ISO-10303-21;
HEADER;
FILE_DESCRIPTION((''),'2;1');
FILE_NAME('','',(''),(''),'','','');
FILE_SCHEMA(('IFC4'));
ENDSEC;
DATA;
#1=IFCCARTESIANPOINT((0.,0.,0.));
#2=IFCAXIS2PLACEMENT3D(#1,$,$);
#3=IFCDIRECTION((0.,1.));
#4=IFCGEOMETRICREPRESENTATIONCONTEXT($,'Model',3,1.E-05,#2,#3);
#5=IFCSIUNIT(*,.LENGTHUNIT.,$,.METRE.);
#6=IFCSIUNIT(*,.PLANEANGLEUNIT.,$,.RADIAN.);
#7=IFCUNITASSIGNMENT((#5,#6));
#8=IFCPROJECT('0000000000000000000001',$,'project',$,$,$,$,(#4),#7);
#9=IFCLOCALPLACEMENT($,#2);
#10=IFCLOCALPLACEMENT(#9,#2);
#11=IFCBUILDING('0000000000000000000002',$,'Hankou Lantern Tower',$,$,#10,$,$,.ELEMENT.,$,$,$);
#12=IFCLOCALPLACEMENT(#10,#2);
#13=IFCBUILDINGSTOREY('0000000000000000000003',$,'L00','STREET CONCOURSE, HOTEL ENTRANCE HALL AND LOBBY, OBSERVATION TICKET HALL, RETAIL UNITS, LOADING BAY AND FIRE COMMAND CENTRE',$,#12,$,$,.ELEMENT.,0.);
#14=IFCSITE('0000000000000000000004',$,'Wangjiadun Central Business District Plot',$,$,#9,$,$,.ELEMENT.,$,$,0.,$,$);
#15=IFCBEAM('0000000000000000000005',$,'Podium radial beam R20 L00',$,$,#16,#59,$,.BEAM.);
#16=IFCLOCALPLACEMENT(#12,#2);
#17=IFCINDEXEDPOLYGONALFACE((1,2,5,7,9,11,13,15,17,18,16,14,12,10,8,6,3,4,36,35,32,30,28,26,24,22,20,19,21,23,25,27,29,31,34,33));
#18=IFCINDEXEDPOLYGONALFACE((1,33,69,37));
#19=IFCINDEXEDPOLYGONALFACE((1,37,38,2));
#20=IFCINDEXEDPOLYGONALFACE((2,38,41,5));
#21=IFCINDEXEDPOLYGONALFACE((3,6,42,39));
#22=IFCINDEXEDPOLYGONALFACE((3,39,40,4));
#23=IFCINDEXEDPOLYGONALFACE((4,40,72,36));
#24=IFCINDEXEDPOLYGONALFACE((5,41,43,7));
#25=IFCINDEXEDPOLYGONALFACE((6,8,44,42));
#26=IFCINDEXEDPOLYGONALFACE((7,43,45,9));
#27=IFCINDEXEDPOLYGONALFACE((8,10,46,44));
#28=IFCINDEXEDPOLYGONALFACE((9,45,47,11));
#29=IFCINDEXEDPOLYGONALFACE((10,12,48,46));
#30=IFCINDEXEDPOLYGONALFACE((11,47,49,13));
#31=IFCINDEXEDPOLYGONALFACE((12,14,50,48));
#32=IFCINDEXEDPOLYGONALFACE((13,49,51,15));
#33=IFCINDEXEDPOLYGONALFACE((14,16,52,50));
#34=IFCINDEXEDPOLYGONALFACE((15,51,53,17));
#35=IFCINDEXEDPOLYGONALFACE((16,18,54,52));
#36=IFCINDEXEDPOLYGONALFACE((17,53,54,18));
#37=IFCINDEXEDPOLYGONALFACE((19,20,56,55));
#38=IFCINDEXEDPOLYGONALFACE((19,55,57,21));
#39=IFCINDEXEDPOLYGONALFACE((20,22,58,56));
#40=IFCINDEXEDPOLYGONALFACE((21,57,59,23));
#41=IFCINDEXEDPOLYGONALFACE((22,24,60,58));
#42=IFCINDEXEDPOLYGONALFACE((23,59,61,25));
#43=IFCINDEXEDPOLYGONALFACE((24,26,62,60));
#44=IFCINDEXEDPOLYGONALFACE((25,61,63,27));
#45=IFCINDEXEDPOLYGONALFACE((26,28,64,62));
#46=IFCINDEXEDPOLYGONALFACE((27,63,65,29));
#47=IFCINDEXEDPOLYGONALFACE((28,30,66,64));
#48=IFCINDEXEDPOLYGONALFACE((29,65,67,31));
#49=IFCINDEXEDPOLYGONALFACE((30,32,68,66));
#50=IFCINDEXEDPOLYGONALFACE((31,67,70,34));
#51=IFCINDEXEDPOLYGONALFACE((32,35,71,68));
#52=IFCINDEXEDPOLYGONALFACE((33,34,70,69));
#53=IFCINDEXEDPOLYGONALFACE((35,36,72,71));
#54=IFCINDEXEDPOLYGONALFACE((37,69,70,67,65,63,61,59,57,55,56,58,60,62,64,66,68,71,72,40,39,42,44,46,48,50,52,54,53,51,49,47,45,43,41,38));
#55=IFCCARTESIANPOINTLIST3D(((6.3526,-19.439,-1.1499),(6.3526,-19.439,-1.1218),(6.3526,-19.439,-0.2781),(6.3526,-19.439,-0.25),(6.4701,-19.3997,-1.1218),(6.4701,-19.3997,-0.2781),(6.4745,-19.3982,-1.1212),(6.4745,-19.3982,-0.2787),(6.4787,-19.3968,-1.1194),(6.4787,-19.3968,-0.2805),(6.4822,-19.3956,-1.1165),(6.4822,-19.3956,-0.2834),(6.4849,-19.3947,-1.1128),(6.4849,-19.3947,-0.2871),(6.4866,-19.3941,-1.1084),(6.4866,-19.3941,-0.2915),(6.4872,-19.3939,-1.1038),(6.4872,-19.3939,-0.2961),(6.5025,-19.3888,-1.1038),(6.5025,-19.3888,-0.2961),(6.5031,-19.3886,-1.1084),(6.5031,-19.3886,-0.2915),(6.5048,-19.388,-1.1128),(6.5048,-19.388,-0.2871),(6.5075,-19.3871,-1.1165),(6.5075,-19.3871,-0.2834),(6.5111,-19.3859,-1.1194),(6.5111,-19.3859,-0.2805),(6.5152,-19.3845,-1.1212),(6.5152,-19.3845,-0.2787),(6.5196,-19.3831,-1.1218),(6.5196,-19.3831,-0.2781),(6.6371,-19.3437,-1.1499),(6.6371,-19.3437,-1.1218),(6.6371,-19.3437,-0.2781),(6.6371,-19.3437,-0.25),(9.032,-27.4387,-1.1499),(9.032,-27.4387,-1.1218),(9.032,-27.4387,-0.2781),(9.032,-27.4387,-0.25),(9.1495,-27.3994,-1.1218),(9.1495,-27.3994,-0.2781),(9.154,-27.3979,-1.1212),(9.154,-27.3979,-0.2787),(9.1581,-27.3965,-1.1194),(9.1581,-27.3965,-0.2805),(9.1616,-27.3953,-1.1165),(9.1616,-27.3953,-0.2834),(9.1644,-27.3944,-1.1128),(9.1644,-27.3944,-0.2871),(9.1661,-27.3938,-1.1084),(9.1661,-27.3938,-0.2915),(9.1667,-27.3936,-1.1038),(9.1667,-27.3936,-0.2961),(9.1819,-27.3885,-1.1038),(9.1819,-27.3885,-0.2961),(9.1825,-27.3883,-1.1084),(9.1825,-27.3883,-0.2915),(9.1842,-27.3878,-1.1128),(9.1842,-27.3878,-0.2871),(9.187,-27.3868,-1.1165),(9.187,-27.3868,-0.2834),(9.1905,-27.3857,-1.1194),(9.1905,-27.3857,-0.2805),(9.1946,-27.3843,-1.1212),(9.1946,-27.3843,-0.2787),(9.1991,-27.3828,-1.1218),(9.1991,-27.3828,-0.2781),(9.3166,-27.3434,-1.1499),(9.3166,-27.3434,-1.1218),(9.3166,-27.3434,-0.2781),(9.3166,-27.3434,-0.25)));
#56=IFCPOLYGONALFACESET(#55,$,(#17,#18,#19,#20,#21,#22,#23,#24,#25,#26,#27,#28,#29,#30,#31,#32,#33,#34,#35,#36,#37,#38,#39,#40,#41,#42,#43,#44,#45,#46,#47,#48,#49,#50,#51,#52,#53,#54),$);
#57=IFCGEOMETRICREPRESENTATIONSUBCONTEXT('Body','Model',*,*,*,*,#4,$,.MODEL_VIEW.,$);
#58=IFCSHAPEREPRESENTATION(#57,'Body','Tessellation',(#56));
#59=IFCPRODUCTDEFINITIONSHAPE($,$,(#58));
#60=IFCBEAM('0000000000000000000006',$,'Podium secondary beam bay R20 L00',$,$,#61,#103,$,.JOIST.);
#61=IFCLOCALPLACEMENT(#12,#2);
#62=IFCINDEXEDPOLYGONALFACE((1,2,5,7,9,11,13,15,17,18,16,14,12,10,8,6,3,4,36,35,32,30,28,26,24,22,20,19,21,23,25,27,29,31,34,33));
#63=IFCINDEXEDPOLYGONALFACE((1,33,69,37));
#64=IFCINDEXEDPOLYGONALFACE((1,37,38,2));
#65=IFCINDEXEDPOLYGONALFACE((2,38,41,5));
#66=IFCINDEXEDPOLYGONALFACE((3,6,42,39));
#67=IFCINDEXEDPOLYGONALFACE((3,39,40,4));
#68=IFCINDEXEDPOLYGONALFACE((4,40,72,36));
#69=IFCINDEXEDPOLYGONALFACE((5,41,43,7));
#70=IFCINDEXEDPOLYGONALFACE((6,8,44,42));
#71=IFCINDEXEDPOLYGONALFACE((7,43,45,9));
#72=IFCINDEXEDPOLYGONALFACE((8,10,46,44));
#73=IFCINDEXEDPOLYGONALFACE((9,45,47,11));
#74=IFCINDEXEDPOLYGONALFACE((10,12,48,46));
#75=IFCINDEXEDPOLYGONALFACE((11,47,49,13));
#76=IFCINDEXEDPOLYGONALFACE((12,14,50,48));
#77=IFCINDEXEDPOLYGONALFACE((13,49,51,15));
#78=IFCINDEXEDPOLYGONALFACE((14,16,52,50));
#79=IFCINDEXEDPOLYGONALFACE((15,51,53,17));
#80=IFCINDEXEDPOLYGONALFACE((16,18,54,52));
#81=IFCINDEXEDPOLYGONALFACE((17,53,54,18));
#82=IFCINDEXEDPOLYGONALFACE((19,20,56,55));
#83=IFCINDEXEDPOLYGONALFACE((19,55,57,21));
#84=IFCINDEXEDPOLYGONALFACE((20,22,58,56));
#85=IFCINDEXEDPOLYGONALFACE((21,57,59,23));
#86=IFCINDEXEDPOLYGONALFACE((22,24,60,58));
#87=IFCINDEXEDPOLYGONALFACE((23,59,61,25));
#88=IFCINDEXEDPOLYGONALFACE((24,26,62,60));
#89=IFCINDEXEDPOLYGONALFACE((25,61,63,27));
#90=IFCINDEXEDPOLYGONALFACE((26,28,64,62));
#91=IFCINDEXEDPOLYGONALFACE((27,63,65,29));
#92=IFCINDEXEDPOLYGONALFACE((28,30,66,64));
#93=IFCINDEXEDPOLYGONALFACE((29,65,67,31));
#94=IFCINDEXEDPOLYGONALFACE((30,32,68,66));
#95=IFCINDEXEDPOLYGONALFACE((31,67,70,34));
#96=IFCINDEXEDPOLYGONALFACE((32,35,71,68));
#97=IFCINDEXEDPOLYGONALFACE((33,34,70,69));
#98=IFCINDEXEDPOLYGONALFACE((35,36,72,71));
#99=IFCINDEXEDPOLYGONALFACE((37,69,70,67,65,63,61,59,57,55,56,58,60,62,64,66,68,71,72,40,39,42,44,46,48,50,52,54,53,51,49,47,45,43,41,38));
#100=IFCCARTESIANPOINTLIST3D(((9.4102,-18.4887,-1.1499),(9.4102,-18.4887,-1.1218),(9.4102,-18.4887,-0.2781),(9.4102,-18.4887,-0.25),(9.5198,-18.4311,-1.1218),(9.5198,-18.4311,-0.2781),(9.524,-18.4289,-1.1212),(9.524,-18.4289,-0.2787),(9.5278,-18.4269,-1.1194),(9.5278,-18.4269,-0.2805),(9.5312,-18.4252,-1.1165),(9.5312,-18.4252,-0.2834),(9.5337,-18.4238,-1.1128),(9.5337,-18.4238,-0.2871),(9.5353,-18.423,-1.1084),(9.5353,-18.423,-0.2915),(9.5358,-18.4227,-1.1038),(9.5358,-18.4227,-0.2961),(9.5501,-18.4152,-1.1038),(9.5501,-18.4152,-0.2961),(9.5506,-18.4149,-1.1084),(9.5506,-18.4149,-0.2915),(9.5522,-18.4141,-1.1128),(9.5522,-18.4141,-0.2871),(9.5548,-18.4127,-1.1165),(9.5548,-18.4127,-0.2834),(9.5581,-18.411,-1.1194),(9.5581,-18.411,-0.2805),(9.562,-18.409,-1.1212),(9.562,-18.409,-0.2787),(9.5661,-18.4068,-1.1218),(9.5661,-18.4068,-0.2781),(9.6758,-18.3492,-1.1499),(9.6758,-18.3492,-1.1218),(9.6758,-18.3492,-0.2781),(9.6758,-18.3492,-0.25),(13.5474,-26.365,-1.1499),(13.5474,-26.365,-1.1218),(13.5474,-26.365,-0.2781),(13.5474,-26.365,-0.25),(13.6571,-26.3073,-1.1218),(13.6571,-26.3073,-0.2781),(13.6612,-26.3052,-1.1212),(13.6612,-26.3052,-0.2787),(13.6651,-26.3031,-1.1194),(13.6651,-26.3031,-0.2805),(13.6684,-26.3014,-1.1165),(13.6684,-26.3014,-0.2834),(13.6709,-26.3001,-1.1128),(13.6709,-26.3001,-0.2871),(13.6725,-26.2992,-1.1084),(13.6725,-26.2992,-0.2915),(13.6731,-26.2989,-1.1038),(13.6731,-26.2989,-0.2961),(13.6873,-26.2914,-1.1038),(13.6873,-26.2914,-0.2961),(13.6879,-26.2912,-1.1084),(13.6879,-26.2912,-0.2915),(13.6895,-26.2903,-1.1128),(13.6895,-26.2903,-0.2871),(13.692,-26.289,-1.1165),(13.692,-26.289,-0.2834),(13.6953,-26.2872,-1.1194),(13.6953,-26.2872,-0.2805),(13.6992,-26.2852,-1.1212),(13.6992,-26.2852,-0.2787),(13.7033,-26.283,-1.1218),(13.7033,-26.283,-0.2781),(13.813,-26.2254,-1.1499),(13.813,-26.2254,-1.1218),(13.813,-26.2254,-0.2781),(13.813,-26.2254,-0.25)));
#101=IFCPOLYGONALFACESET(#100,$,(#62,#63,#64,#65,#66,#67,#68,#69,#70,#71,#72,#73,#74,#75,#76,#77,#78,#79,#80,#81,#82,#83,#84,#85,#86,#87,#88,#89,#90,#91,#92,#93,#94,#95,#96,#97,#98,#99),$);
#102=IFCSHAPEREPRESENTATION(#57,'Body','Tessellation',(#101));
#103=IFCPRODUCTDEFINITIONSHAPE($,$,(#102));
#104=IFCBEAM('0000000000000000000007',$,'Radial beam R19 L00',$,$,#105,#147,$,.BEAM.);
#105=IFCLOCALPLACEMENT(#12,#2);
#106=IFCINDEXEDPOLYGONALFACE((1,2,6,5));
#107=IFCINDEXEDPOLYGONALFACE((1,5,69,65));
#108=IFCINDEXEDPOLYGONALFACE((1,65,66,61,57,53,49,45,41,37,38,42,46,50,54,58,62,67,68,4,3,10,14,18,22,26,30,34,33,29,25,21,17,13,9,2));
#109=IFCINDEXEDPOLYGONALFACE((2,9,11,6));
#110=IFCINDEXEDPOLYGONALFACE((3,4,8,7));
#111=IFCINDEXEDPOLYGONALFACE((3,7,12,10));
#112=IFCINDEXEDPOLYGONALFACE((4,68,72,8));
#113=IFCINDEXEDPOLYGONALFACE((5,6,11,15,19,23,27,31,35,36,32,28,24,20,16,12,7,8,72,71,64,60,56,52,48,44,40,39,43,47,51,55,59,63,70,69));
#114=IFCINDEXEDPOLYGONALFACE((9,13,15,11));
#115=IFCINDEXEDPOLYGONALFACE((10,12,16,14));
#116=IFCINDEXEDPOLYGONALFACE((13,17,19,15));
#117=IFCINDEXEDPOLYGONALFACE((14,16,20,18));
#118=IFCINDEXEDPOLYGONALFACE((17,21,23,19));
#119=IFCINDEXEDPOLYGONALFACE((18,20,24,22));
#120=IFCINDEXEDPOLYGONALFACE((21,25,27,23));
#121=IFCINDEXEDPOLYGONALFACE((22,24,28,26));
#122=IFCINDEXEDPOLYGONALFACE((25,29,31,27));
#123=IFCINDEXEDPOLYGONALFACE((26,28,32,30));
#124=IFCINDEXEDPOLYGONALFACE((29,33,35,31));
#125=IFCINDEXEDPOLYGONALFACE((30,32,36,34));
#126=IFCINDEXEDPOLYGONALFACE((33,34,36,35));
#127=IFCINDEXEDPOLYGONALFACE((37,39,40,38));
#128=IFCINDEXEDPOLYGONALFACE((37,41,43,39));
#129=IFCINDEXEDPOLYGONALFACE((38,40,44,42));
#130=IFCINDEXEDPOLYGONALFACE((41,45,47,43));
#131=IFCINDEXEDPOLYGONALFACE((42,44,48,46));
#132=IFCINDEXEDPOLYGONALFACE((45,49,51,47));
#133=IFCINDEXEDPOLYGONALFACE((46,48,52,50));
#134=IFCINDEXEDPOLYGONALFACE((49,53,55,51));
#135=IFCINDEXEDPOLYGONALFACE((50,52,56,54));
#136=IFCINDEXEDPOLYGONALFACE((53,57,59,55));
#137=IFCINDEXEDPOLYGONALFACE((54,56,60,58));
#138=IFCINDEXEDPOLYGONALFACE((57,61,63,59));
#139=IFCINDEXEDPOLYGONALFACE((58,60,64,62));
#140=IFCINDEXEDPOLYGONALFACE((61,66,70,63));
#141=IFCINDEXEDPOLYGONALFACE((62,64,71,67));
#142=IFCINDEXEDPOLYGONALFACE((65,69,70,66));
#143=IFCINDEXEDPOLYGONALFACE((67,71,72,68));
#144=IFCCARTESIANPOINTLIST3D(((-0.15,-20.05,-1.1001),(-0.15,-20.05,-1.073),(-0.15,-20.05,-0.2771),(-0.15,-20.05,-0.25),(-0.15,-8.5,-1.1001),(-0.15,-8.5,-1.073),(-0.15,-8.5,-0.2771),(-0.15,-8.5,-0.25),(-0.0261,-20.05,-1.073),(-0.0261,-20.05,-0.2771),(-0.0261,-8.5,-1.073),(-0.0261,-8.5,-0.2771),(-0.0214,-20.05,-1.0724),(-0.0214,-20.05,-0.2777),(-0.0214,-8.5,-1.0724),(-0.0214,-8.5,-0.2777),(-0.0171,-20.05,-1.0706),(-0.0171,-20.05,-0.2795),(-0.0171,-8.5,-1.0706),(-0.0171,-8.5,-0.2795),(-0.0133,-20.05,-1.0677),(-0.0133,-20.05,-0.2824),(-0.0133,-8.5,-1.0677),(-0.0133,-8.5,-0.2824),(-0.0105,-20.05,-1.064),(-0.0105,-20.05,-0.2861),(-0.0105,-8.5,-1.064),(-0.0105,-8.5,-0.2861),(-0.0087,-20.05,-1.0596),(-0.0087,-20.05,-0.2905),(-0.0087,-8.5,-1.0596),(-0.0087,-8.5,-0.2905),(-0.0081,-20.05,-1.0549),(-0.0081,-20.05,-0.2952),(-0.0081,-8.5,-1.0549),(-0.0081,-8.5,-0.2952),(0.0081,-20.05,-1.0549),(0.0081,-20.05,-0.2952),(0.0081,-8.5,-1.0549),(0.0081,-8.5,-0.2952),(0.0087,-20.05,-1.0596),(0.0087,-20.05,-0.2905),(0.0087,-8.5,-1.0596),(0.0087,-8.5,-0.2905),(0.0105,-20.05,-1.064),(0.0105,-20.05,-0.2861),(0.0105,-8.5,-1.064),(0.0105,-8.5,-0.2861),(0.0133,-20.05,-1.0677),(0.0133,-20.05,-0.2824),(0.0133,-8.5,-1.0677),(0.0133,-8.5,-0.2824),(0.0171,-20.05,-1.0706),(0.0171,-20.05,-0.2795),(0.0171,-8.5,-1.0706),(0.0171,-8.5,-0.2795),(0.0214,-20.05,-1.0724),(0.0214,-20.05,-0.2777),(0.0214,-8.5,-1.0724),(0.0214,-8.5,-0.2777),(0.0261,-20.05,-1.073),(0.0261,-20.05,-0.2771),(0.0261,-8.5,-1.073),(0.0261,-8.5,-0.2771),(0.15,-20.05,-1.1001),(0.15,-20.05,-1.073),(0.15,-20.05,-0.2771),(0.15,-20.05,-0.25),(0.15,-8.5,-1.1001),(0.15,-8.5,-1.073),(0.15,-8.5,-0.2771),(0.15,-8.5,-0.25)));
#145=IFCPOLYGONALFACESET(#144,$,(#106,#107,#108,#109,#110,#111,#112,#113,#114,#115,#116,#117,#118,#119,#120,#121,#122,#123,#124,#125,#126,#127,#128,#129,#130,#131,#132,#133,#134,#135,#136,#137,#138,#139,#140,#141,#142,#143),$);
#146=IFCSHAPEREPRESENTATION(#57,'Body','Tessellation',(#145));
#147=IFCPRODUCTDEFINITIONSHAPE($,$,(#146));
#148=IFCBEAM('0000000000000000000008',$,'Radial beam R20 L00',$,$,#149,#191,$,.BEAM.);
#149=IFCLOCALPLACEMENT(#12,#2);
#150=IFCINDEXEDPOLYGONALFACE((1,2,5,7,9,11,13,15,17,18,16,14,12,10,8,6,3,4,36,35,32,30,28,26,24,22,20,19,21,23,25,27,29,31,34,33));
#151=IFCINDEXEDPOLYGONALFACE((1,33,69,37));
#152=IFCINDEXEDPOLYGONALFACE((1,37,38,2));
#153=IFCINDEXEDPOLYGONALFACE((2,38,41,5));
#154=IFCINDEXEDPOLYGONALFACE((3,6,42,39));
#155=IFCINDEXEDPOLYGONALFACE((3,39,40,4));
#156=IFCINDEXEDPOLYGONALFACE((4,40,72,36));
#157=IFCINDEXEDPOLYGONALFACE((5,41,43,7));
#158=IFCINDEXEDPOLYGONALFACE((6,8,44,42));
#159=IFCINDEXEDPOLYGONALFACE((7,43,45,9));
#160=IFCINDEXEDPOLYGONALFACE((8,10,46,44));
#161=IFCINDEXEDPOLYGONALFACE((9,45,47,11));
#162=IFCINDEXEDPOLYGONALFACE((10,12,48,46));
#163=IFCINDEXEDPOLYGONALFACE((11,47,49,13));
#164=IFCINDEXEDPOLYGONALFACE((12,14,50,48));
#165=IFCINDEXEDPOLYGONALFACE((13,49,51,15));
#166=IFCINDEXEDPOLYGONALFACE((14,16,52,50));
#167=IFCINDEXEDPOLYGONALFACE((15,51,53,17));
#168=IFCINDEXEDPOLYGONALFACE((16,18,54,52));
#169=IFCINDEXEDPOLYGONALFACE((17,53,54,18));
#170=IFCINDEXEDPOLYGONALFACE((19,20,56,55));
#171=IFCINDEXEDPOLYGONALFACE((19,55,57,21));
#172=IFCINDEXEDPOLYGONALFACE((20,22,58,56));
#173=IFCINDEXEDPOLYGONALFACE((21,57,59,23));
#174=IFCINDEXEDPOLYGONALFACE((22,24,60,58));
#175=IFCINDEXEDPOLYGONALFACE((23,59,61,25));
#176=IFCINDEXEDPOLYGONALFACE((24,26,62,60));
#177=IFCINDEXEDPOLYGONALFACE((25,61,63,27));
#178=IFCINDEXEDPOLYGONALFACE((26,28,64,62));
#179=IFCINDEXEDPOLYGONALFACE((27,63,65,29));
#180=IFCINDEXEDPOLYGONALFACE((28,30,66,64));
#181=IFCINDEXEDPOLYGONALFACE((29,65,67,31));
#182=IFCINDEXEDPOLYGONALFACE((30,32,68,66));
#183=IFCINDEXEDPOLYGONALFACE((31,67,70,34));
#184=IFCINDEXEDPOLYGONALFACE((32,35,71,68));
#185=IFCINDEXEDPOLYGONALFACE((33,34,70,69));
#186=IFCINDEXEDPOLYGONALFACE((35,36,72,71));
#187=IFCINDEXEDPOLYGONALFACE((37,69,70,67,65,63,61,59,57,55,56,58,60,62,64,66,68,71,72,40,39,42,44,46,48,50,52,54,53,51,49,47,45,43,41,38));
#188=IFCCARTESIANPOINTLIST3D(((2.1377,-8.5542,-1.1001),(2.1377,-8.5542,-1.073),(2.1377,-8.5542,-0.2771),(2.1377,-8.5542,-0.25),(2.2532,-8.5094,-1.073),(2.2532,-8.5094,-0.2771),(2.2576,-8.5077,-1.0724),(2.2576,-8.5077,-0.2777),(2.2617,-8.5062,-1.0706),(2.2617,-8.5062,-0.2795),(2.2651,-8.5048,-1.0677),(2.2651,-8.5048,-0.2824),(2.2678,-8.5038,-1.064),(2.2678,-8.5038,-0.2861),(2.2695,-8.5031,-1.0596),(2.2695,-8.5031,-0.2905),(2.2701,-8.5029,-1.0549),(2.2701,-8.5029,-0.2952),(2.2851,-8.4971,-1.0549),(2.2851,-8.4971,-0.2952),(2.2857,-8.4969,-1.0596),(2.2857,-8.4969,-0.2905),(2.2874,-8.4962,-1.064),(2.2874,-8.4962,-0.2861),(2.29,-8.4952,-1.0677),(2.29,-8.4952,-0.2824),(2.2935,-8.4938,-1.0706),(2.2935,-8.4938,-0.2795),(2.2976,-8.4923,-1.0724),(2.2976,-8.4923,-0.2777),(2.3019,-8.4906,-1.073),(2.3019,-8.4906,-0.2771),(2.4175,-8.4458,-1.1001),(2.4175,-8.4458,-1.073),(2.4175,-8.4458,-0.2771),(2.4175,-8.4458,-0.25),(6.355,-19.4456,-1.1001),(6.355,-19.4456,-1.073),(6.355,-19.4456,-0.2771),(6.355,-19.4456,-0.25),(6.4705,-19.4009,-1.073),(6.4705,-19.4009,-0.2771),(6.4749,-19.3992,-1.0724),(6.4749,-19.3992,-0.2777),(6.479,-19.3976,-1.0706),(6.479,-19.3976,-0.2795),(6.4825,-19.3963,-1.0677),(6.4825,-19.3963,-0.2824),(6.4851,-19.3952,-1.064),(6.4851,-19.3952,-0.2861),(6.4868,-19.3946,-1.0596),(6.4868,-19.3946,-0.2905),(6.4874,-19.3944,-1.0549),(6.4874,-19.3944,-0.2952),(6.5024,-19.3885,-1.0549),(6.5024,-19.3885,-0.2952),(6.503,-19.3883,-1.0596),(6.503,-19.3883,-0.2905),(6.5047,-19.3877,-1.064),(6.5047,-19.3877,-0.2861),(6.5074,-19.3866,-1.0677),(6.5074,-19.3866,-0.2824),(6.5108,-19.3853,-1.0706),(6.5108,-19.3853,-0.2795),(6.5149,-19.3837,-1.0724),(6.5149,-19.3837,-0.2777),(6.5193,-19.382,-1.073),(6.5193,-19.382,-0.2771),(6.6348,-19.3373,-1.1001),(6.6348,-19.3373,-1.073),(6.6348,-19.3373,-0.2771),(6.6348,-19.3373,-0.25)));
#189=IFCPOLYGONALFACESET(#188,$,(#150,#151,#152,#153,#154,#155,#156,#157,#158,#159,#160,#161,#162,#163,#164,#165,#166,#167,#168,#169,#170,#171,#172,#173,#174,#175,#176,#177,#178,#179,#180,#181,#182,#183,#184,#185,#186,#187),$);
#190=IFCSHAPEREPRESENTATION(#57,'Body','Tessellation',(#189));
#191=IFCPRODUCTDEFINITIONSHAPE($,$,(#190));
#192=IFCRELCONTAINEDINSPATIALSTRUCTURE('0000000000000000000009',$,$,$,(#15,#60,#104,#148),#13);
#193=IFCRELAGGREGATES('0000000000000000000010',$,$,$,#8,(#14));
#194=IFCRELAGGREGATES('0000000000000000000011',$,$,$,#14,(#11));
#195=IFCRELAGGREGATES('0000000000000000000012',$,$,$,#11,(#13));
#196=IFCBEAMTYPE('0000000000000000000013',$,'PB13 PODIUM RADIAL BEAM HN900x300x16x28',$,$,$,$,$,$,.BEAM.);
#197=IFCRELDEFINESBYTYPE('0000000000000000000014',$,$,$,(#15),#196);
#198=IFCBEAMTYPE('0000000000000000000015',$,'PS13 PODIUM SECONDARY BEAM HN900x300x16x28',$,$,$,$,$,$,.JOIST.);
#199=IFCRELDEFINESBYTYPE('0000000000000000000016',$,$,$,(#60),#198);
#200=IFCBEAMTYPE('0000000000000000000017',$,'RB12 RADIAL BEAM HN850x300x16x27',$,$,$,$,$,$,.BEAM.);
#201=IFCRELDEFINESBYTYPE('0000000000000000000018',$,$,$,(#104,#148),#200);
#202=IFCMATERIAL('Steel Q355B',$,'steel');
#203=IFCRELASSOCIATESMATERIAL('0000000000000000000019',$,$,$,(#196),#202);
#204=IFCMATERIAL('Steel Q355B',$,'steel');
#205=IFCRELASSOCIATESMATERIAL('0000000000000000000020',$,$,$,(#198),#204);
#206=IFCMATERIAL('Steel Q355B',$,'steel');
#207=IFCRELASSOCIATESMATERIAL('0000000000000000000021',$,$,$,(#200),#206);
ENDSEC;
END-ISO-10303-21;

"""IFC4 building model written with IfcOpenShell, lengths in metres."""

from ifc_helpers import new_model, si_unit, direction, frame, origin, origin_2d, place, context, subcontext, project, spatial, i_section, extrude, material, material_profile, profile_set, type_object, element, save


model = new_model("IFC4")

# Units and contexts
model_context = context("Model", 3, precision=1e-05, world=origin(), true_north=direction((0.0, 1.0)))
body_context = subcontext(model_context, "Body", "Model", "MODEL_VIEW")
ifc_project = project(units=[si_unit("LENGTHUNIT", "METRE"), si_unit("PLANEANGLEUNIT", "RADIAN")], contexts=[model_context])

# Site, building, storey
site_placement = place(None, origin())
site = spatial("IfcSite", under=ifc_project, at=site_placement, Name="Wangjiadun Central Business District Plot", CompositionType="ELEMENT", RefElevation=0.0)
building_placement = place(site_placement, origin())
building = spatial("IfcBuilding", under=site, at=building_placement, Name="Hankou Lantern Tower", CompositionType="ELEMENT")
storey_placement = place(building_placement, origin())
storey = spatial("IfcBuildingStorey", under=building, at=storey_placement, Name="L00", Description="STREET CONCOURSE, HOTEL ENTRANCE HALL AND LOBBY, OBSERVATION TICKET HALL, RETAIL UNITS, LOADING BAY AND FIRE COMMAND CENTRE", CompositionType="ELEMENT", Elevation=0.0)

# Beams
ifc_material_1 = material(Name="Steel Q355B", Category="steel")
ifc_material_profile_1 = material_profile(ifc_material_1, i_section(OverallWidth=0.3, OverallDepth=0.8999, WebThickness=0.0161, FlangeThickness=0.0281, FilletRadius=0.0181, at=origin_2d()), Name="HN900x300x16x28")
ifc_profile_set_1 = profile_set([ifc_material_profile_1], Name="Steel Q355B")
beam_type_1 = type_object("IfcBeamType", Name="PB13 PODIUM RADIAL BEAM HN900x300x16x28", PredefinedType="BEAM", material=ifc_profile_set_1)
beam_1_placement = place(storey_placement, frame((6.4949, -19.3914, -0.7), z_axis=(0.317599, -0.948225, 0.0), x_axis=(0.948225, 0.317599, 0.0)))
element("IfcBeam", 1, at=beam_1_placement, inside=storey, type_object=beam_type_1, Name="Podium radial beam R20 L00", PredefinedType="BEAM", context=body_context, shape_type="SweptSolid", body=[
    extrude(i_section(OverallWidth=0.3, OverallDepth=0.8999, WebThickness=0.0161, FlangeThickness=0.0281, FilletRadius=0.0181, at=origin_2d()), origin(), (0.0, 0.0, 1.0), 8.4365),
])
ifc_material_2 = material(Name="Steel Q355B", Category="steel")
ifc_material_profile_2 = material_profile(ifc_material_2, i_section(OverallWidth=0.3, OverallDepth=0.8999, WebThickness=0.0161, FlangeThickness=0.0281, FilletRadius=0.0181, at=origin_2d()), Name="HN900x300x16x28")
ifc_profile_set_2 = profile_set([ifc_material_profile_2], Name="Steel Q355B")
beam_type_2 = type_object("IfcBeamType", Name="PS13 PODIUM SECONDARY BEAM HN900x300x16x28", PredefinedType="JOIST", material=ifc_profile_set_2)
beam_2_placement = place(storey_placement, frame((9.543, -18.4189, -0.7), z_axis=(0.465027, -0.885297, 0.0), x_axis=(0.885297, 0.465027, 0.0)))
element("IfcBeam", 2, at=beam_2_placement, inside=storey, type_object=beam_type_2, Name="Podium secondary beam bay R20 L00", PredefinedType="JOIST", context=body_context, shape_type="SweptSolid", body=[
    extrude(i_section(OverallWidth=0.3, OverallDepth=0.8999, WebThickness=0.0161, FlangeThickness=0.0281, FilletRadius=0.0181, at=origin_2d()), origin(), (0.0, 0.0, 1.0), 8.8967),
])
ifc_material_3 = material(Name="Steel Q355B", Category="steel")
ifc_material_profile_3 = material_profile(ifc_material_3, i_section(OverallWidth=0.3, OverallDepth=0.8501, WebThickness=0.0161, FlangeThickness=0.0271, FilletRadius=0.0181, at=origin_2d()), Name="HN850x300x16x27")
ifc_profile_set_3 = profile_set([ifc_material_profile_3], Name="Steel Q355B")
beam_type_3 = type_object("IfcBeamType", Name="RB12 RADIAL BEAM HN850x300x16x27", PredefinedType="BEAM", material=ifc_profile_set_3)
beam_3_placement = place(storey_placement, frame((0.0, -8.5, -0.675), z_axis=(0.0, -1.0, 0.0), x_axis=(1.0, 0.0, 0.0)))
element("IfcBeam", 3, at=beam_3_placement, inside=storey, type_object=beam_type_3, Name="Radial beam R19 L00", PredefinedType="BEAM", context=body_context, shape_type="SweptSolid", body=[
    extrude(i_section(OverallWidth=0.3, OverallDepth=0.8501, WebThickness=0.0161, FlangeThickness=0.0271, FilletRadius=0.0181, at=origin_2d()), origin(), (0.0, 0.0, 1.0), 11.55),
])
beam_4_placement = place(storey_placement, frame((2.2776, -8.5, -0.675), z_axis=(0.361089, -0.932531, 0.0), x_axis=(0.932531, 0.361089, 0.0)))
element("IfcBeam", 4, at=beam_4_placement, inside=storey, type_object=beam_type_3, Name="Radial beam R20 L00", PredefinedType="BEAM", context=body_context, shape_type="SweptSolid", body=[
    extrude(i_section(OverallWidth=0.3, OverallDepth=0.8501, WebThickness=0.0161, FlangeThickness=0.0271, FilletRadius=0.0181, at=origin_2d()), origin(), (0.0, 0.0, 1.0), 11.6794),
])

save(model, "model.ifc")
